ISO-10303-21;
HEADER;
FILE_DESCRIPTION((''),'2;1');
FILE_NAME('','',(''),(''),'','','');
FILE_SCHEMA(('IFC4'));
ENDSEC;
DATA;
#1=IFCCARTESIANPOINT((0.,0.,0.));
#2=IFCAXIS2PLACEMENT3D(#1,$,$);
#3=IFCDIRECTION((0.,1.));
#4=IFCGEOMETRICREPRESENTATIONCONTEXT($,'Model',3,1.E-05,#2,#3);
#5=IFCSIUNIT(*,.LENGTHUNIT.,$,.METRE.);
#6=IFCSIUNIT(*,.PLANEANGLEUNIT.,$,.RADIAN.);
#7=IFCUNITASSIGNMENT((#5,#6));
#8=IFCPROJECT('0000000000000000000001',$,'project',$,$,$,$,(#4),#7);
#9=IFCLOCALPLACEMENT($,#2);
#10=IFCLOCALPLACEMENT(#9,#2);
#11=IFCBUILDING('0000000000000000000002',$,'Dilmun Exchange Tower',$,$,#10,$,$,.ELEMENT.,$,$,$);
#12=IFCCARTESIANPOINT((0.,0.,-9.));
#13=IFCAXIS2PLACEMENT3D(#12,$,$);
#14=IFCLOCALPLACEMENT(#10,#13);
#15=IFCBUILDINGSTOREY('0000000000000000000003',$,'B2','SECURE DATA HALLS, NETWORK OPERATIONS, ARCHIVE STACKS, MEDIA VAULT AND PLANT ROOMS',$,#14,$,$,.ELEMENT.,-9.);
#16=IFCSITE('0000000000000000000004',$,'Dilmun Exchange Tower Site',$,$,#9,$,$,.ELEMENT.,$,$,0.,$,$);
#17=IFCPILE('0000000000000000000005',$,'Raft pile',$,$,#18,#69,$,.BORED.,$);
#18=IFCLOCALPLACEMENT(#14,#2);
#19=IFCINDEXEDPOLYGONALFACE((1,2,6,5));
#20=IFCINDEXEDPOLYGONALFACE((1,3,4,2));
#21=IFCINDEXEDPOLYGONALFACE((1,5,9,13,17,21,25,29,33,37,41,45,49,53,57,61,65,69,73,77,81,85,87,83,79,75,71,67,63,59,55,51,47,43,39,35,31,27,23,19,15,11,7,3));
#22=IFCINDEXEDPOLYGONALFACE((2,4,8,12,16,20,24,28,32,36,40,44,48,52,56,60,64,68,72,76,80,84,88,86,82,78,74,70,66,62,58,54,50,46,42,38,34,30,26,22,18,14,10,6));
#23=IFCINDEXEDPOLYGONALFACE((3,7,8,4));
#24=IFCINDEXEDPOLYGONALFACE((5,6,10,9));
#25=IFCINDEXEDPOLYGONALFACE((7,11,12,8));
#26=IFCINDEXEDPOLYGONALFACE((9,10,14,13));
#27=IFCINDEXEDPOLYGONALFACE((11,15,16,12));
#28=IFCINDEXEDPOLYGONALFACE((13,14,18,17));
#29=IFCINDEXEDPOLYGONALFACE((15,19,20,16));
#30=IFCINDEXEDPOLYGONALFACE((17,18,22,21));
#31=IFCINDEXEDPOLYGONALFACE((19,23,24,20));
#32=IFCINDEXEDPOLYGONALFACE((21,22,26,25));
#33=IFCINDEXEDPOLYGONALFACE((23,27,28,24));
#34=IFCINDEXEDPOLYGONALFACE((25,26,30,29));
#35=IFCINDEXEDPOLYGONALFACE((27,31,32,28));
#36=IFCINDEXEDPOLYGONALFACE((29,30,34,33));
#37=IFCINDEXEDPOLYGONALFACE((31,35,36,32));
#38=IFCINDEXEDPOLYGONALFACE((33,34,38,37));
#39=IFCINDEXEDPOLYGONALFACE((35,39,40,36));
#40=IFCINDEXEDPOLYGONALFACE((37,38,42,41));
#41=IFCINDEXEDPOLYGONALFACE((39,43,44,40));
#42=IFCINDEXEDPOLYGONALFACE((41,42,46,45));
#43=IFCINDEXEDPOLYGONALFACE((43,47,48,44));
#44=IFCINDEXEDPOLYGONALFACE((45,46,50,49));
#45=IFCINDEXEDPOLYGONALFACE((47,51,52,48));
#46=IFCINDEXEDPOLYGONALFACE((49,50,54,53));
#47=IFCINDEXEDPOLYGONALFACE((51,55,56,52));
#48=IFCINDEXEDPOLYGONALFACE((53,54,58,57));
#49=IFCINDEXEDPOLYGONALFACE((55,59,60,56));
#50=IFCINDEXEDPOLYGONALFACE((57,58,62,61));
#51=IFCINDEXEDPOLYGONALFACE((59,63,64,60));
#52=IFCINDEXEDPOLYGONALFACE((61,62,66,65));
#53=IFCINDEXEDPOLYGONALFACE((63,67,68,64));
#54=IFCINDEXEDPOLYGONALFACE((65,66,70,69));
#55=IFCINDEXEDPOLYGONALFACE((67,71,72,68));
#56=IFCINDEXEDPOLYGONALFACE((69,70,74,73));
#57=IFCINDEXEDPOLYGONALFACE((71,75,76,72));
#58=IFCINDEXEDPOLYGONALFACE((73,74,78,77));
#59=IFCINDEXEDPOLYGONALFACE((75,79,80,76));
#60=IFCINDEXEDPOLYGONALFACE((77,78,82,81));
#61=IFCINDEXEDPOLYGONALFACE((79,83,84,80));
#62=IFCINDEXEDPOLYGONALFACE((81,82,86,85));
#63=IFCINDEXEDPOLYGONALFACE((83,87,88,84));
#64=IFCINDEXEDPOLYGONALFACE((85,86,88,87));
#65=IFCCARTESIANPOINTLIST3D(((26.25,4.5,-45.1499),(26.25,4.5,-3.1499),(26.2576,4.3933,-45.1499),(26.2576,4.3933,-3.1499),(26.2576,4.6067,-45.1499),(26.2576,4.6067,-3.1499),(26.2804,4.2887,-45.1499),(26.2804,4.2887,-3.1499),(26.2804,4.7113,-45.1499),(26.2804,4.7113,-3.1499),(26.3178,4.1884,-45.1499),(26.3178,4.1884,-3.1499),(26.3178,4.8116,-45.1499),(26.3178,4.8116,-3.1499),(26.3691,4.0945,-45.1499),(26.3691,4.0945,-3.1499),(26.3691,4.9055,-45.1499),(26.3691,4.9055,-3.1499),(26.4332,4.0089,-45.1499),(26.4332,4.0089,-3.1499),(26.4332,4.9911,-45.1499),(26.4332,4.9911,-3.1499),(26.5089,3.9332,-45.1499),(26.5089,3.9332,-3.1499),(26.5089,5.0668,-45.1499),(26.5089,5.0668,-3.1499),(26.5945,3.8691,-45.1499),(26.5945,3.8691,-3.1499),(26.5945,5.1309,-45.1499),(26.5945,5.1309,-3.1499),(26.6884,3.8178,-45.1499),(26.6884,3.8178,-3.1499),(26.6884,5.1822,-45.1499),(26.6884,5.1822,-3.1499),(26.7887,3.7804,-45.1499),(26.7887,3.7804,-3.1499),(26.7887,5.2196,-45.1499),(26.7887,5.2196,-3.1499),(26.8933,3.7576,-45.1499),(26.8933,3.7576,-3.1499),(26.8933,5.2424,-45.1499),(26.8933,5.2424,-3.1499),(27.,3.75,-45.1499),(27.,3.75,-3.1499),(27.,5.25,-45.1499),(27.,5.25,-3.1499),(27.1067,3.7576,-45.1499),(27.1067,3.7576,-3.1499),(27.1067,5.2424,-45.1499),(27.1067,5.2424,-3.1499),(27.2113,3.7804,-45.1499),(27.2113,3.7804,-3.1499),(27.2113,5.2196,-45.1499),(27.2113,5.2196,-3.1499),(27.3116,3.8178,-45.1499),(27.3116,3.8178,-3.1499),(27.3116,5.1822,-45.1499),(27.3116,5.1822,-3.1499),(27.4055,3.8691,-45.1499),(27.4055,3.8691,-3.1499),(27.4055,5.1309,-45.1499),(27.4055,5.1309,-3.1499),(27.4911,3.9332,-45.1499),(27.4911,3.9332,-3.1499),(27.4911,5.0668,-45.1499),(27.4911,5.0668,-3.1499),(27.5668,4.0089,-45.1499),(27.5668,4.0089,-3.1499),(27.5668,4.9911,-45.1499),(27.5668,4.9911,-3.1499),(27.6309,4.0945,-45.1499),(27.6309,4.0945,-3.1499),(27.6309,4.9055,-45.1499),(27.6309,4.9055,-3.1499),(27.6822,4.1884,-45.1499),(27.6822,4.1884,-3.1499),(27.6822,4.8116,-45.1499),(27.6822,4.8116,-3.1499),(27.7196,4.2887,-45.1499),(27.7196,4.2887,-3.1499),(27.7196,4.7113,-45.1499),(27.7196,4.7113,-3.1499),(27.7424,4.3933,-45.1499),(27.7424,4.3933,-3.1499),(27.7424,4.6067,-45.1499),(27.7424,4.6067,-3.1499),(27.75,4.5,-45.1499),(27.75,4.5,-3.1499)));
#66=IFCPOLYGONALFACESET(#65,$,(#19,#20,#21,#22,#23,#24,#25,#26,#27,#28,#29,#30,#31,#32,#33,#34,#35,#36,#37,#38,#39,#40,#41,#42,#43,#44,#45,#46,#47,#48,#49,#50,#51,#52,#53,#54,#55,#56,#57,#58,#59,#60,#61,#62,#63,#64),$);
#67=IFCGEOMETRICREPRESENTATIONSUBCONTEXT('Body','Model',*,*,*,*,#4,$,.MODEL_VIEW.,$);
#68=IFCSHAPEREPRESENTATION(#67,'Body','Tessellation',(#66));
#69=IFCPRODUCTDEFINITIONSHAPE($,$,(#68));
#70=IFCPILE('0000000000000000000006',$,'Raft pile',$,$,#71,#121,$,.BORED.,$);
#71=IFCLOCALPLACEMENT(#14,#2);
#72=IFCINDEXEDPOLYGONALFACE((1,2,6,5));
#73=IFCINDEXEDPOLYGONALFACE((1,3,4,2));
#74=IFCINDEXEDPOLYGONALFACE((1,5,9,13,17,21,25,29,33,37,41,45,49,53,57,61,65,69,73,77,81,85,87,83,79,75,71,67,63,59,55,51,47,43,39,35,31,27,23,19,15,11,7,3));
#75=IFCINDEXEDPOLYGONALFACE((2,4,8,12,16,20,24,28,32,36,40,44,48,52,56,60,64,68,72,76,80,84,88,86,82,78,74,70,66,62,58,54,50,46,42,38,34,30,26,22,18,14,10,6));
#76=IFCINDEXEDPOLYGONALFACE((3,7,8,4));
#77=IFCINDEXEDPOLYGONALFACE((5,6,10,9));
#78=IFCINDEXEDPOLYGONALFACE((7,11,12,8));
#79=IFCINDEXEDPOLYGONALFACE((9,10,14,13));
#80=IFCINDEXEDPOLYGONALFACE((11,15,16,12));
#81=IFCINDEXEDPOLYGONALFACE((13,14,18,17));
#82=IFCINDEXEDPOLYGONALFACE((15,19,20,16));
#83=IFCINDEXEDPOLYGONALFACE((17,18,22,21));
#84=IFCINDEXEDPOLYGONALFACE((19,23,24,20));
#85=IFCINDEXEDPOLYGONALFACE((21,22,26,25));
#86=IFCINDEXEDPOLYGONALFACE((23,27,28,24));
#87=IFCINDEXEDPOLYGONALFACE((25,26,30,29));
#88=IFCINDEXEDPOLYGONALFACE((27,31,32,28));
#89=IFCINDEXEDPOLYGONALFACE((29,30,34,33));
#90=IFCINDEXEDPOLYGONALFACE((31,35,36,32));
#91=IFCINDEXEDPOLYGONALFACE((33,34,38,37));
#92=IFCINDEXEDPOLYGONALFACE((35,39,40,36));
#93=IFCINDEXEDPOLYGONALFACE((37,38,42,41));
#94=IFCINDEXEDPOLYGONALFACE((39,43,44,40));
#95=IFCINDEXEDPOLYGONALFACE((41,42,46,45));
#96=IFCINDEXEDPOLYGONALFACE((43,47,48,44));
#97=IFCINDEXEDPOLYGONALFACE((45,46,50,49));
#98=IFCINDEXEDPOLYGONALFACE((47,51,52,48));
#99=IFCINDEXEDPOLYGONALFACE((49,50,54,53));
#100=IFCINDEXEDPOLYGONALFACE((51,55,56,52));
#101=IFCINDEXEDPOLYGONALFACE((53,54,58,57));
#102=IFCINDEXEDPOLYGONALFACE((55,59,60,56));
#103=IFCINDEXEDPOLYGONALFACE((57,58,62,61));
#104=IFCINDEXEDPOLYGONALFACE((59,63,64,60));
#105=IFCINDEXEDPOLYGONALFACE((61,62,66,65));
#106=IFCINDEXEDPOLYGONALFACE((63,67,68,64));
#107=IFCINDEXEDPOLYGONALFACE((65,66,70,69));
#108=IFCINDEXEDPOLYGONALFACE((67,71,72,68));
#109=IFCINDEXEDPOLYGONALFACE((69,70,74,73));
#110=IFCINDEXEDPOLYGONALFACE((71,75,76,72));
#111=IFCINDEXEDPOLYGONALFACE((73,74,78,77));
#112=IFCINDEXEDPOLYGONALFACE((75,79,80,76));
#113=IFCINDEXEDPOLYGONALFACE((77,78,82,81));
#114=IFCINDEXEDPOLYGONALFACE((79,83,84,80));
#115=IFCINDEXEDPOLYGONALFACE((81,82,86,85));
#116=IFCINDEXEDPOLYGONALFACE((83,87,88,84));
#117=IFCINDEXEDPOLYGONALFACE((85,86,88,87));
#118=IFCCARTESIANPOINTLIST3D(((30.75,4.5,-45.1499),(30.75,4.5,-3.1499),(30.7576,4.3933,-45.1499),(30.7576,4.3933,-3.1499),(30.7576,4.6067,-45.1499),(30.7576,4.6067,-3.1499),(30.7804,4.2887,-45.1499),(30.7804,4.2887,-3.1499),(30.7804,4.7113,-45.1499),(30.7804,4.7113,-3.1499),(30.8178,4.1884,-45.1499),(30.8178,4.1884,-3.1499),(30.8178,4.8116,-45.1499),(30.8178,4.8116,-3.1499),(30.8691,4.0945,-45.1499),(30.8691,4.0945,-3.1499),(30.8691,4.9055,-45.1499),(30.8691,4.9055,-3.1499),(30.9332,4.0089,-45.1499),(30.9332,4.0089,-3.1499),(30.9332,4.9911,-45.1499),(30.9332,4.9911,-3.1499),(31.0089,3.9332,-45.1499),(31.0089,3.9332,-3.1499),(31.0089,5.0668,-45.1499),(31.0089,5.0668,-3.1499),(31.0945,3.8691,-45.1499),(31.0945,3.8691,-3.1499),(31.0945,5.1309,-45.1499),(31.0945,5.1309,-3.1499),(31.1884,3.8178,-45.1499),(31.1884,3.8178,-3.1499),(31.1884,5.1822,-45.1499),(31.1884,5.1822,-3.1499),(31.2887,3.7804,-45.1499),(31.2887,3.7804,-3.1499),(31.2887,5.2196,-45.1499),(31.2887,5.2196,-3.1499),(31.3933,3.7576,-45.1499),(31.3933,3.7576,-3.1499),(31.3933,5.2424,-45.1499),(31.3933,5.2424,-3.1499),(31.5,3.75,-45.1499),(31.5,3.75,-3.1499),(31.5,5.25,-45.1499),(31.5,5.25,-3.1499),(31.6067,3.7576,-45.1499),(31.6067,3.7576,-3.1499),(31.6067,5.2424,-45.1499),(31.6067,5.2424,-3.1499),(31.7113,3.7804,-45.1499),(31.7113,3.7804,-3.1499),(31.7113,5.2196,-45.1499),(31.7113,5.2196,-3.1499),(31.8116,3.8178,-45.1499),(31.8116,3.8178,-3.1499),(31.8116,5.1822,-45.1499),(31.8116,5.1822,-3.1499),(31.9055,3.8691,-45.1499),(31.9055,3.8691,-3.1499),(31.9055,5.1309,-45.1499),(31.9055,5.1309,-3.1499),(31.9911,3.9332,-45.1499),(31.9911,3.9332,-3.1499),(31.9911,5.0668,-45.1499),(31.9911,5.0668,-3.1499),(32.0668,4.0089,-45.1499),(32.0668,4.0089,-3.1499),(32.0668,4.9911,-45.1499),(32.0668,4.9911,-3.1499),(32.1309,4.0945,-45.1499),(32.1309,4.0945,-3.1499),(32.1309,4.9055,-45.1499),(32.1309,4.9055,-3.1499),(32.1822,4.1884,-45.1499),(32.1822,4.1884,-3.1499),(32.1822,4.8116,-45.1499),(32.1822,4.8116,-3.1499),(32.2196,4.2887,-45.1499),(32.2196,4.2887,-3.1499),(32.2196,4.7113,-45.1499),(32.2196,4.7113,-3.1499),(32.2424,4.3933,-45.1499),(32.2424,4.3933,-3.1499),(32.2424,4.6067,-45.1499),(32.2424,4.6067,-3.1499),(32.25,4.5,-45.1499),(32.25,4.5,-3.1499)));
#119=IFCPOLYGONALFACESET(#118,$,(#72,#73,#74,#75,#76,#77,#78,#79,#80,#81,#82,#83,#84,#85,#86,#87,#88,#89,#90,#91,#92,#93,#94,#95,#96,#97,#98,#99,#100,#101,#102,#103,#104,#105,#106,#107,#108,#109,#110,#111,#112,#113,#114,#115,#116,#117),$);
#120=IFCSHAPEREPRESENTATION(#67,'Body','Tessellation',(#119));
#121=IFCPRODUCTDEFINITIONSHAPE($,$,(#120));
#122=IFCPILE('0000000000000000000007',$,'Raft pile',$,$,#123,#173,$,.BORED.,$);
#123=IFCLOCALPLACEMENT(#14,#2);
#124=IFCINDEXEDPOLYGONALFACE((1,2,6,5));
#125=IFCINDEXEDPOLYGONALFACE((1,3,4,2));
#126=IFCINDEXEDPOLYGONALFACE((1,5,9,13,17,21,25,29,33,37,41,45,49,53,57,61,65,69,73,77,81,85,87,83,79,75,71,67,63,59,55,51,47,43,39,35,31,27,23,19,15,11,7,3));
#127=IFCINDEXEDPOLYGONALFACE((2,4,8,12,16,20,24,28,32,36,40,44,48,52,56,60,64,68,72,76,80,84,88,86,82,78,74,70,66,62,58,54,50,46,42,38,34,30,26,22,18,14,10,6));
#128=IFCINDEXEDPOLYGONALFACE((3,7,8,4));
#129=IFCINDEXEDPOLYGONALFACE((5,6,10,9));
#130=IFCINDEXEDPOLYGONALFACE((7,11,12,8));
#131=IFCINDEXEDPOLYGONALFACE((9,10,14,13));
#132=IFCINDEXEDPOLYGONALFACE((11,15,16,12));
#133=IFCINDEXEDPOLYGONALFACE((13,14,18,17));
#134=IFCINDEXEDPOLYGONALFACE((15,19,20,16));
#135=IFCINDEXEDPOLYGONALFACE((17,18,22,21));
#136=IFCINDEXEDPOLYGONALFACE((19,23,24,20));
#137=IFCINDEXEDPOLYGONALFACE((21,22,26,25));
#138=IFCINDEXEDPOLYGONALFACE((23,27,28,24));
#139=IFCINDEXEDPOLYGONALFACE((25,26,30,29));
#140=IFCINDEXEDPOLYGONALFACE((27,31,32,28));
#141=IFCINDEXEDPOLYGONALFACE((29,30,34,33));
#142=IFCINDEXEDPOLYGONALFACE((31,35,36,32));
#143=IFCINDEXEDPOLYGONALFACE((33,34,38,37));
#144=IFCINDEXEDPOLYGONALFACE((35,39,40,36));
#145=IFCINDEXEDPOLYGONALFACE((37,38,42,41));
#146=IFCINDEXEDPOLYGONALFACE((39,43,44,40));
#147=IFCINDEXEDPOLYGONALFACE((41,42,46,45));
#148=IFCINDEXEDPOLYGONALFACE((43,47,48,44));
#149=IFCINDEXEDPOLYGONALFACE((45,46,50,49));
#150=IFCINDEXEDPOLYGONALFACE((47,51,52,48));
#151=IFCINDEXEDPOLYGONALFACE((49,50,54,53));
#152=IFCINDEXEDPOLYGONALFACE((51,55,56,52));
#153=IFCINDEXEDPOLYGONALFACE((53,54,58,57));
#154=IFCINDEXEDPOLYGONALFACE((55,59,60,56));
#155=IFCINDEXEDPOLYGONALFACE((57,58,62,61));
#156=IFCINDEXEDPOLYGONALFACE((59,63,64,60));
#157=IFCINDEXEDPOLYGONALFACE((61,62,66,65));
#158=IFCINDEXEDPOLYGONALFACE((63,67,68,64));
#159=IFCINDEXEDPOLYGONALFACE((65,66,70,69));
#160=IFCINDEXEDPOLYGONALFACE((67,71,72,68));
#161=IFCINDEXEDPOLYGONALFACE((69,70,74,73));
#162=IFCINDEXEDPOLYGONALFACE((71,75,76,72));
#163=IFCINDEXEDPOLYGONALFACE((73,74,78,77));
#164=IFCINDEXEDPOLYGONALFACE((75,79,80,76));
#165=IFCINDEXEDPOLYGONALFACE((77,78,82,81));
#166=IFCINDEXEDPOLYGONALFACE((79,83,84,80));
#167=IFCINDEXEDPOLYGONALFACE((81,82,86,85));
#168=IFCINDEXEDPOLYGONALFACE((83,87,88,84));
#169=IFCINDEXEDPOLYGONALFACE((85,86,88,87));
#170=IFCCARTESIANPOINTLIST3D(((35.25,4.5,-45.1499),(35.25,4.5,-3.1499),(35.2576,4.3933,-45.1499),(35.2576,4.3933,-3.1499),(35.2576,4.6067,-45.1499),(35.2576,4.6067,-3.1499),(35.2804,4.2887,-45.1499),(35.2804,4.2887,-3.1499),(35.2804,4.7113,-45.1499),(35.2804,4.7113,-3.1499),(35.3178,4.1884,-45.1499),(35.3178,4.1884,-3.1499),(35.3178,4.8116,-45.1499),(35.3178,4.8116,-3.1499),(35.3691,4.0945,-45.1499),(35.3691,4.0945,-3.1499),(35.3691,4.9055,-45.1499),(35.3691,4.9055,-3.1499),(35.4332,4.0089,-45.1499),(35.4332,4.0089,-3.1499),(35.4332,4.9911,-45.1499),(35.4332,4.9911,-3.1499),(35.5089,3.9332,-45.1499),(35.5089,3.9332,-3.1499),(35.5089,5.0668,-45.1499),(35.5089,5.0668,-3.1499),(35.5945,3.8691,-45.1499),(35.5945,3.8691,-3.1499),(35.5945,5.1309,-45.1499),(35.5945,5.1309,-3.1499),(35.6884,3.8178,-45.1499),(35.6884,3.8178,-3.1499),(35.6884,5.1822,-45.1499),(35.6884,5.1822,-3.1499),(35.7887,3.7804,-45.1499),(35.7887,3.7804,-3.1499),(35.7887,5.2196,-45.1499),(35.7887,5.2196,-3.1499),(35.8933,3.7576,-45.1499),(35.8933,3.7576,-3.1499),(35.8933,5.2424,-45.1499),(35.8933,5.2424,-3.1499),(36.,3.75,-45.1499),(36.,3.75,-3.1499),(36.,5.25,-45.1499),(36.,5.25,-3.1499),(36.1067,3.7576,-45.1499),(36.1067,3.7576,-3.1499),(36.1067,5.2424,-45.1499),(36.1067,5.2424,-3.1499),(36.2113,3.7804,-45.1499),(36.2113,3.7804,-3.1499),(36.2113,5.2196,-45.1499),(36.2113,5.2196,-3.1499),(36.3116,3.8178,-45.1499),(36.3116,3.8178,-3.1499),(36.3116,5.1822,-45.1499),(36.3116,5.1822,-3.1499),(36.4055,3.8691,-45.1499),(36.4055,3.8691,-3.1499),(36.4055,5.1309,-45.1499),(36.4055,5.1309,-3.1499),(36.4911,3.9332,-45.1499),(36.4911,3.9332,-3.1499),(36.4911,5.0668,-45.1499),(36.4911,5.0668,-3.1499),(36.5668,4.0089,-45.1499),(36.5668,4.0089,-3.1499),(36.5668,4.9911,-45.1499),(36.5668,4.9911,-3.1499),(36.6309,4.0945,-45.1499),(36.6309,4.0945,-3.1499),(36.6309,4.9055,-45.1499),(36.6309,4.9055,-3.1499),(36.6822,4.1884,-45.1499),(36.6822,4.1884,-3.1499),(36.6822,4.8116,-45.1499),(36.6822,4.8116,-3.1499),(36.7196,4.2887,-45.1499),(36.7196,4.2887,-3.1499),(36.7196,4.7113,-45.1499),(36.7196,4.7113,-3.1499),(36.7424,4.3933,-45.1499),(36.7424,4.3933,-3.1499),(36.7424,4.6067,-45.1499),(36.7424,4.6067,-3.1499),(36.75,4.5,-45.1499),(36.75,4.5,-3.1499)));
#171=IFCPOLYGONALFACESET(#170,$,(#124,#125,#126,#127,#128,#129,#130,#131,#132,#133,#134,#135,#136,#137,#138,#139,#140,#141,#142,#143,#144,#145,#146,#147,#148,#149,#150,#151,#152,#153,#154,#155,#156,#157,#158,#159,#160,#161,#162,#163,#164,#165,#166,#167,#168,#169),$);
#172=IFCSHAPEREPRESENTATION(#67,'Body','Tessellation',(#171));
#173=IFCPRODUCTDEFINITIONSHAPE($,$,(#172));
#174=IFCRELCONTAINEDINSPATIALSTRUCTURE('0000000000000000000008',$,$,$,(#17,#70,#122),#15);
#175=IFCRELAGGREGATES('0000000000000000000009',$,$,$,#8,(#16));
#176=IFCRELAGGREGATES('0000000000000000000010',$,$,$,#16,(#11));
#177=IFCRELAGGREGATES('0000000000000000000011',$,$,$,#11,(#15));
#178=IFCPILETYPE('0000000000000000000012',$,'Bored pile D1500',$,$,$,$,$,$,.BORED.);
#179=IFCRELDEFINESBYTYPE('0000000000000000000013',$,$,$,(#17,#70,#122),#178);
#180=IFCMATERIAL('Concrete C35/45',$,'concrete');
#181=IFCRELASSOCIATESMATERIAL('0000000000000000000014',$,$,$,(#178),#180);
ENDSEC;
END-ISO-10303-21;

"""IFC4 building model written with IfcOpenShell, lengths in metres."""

from ifc_helpers import new_model, si_unit, direction, frame, origin, origin_2d, place, context, subcontext, project, spatial, circle, extrude, material, material_profile, profile_set, type_object, element, save


model = new_model("IFC4")

# Units and contexts
model_context = context("Model", 3, precision=1e-05, world=origin(), true_north=direction((0.0, 1.0)))
body_context = subcontext(model_context, "Body", "Model", "MODEL_VIEW")
ifc_project = project(units=[si_unit("LENGTHUNIT", "METRE"), si_unit("PLANEANGLEUNIT", "RADIAN")], contexts=[model_context])

# Site, building, storey
site_placement = place(None, origin())
site = spatial("IfcSite", under=ifc_project, at=site_placement, Name="Dilmun Exchange Tower Site", CompositionType="ELEMENT", RefElevation=0.0)
building_placement = place(site_placement, origin())
building = spatial("IfcBuilding", under=site, at=building_placement, Name="Dilmun Exchange Tower", CompositionType="ELEMENT")
storey_placement = place(building_placement, frame((0.0, 0.0, -9.0)))
storey = spatial("IfcBuildingStorey", under=building, at=storey_placement, Name="B2", Description="SECURE DATA HALLS, NETWORK OPERATIONS, ARCHIVE STACKS, MEDIA VAULT AND PLANT ROOMS", CompositionType="ELEMENT", Elevation=-9.0)

# Piles
ifc_material_1 = material(Name="Concrete C35/45", Category="concrete")
ifc_material_profile_1 = material_profile(ifc_material_1, circle(Radius=0.75, at=origin_2d()), Name="D1500")
ifc_profile_set_1 = profile_set([ifc_material_profile_1], Name="Concrete C35/45")
pile_type = type_object("IfcPileType", Name="Bored pile D1500", PredefinedType="BORED", material=ifc_profile_set_1)
for number, where, z_axis, x_axis, name in (
    (1, (27.0, 4.5, -3.1499), (0.0, 0.0, -1.0), (1.0, 0.0, 0.0), "Raft pile"),
    (2, (31.5, 4.5, -3.1499), (0.0, 0.0, -1.0), (1.0, 0.0, 0.0), "Raft pile"),
    (3, (36.0, 4.5, -3.1499), (0.0, 0.0, -1.0), (1.0, 0.0, 0.0), "Raft pile"),
):
    element("IfcPile", number, at=place(storey_placement, frame(where, z_axis=z_axis, x_axis=x_axis)), inside=storey, type_object=pile_type, Name=name, PredefinedType="BORED", context=body_context, shape_type="SweptSolid", body=[
        extrude(circle(Radius=0.75, at=origin_2d()), origin(), (0.0, 0.0, 1.0), 42.0),
    ])

save(model, "model.ifc")
